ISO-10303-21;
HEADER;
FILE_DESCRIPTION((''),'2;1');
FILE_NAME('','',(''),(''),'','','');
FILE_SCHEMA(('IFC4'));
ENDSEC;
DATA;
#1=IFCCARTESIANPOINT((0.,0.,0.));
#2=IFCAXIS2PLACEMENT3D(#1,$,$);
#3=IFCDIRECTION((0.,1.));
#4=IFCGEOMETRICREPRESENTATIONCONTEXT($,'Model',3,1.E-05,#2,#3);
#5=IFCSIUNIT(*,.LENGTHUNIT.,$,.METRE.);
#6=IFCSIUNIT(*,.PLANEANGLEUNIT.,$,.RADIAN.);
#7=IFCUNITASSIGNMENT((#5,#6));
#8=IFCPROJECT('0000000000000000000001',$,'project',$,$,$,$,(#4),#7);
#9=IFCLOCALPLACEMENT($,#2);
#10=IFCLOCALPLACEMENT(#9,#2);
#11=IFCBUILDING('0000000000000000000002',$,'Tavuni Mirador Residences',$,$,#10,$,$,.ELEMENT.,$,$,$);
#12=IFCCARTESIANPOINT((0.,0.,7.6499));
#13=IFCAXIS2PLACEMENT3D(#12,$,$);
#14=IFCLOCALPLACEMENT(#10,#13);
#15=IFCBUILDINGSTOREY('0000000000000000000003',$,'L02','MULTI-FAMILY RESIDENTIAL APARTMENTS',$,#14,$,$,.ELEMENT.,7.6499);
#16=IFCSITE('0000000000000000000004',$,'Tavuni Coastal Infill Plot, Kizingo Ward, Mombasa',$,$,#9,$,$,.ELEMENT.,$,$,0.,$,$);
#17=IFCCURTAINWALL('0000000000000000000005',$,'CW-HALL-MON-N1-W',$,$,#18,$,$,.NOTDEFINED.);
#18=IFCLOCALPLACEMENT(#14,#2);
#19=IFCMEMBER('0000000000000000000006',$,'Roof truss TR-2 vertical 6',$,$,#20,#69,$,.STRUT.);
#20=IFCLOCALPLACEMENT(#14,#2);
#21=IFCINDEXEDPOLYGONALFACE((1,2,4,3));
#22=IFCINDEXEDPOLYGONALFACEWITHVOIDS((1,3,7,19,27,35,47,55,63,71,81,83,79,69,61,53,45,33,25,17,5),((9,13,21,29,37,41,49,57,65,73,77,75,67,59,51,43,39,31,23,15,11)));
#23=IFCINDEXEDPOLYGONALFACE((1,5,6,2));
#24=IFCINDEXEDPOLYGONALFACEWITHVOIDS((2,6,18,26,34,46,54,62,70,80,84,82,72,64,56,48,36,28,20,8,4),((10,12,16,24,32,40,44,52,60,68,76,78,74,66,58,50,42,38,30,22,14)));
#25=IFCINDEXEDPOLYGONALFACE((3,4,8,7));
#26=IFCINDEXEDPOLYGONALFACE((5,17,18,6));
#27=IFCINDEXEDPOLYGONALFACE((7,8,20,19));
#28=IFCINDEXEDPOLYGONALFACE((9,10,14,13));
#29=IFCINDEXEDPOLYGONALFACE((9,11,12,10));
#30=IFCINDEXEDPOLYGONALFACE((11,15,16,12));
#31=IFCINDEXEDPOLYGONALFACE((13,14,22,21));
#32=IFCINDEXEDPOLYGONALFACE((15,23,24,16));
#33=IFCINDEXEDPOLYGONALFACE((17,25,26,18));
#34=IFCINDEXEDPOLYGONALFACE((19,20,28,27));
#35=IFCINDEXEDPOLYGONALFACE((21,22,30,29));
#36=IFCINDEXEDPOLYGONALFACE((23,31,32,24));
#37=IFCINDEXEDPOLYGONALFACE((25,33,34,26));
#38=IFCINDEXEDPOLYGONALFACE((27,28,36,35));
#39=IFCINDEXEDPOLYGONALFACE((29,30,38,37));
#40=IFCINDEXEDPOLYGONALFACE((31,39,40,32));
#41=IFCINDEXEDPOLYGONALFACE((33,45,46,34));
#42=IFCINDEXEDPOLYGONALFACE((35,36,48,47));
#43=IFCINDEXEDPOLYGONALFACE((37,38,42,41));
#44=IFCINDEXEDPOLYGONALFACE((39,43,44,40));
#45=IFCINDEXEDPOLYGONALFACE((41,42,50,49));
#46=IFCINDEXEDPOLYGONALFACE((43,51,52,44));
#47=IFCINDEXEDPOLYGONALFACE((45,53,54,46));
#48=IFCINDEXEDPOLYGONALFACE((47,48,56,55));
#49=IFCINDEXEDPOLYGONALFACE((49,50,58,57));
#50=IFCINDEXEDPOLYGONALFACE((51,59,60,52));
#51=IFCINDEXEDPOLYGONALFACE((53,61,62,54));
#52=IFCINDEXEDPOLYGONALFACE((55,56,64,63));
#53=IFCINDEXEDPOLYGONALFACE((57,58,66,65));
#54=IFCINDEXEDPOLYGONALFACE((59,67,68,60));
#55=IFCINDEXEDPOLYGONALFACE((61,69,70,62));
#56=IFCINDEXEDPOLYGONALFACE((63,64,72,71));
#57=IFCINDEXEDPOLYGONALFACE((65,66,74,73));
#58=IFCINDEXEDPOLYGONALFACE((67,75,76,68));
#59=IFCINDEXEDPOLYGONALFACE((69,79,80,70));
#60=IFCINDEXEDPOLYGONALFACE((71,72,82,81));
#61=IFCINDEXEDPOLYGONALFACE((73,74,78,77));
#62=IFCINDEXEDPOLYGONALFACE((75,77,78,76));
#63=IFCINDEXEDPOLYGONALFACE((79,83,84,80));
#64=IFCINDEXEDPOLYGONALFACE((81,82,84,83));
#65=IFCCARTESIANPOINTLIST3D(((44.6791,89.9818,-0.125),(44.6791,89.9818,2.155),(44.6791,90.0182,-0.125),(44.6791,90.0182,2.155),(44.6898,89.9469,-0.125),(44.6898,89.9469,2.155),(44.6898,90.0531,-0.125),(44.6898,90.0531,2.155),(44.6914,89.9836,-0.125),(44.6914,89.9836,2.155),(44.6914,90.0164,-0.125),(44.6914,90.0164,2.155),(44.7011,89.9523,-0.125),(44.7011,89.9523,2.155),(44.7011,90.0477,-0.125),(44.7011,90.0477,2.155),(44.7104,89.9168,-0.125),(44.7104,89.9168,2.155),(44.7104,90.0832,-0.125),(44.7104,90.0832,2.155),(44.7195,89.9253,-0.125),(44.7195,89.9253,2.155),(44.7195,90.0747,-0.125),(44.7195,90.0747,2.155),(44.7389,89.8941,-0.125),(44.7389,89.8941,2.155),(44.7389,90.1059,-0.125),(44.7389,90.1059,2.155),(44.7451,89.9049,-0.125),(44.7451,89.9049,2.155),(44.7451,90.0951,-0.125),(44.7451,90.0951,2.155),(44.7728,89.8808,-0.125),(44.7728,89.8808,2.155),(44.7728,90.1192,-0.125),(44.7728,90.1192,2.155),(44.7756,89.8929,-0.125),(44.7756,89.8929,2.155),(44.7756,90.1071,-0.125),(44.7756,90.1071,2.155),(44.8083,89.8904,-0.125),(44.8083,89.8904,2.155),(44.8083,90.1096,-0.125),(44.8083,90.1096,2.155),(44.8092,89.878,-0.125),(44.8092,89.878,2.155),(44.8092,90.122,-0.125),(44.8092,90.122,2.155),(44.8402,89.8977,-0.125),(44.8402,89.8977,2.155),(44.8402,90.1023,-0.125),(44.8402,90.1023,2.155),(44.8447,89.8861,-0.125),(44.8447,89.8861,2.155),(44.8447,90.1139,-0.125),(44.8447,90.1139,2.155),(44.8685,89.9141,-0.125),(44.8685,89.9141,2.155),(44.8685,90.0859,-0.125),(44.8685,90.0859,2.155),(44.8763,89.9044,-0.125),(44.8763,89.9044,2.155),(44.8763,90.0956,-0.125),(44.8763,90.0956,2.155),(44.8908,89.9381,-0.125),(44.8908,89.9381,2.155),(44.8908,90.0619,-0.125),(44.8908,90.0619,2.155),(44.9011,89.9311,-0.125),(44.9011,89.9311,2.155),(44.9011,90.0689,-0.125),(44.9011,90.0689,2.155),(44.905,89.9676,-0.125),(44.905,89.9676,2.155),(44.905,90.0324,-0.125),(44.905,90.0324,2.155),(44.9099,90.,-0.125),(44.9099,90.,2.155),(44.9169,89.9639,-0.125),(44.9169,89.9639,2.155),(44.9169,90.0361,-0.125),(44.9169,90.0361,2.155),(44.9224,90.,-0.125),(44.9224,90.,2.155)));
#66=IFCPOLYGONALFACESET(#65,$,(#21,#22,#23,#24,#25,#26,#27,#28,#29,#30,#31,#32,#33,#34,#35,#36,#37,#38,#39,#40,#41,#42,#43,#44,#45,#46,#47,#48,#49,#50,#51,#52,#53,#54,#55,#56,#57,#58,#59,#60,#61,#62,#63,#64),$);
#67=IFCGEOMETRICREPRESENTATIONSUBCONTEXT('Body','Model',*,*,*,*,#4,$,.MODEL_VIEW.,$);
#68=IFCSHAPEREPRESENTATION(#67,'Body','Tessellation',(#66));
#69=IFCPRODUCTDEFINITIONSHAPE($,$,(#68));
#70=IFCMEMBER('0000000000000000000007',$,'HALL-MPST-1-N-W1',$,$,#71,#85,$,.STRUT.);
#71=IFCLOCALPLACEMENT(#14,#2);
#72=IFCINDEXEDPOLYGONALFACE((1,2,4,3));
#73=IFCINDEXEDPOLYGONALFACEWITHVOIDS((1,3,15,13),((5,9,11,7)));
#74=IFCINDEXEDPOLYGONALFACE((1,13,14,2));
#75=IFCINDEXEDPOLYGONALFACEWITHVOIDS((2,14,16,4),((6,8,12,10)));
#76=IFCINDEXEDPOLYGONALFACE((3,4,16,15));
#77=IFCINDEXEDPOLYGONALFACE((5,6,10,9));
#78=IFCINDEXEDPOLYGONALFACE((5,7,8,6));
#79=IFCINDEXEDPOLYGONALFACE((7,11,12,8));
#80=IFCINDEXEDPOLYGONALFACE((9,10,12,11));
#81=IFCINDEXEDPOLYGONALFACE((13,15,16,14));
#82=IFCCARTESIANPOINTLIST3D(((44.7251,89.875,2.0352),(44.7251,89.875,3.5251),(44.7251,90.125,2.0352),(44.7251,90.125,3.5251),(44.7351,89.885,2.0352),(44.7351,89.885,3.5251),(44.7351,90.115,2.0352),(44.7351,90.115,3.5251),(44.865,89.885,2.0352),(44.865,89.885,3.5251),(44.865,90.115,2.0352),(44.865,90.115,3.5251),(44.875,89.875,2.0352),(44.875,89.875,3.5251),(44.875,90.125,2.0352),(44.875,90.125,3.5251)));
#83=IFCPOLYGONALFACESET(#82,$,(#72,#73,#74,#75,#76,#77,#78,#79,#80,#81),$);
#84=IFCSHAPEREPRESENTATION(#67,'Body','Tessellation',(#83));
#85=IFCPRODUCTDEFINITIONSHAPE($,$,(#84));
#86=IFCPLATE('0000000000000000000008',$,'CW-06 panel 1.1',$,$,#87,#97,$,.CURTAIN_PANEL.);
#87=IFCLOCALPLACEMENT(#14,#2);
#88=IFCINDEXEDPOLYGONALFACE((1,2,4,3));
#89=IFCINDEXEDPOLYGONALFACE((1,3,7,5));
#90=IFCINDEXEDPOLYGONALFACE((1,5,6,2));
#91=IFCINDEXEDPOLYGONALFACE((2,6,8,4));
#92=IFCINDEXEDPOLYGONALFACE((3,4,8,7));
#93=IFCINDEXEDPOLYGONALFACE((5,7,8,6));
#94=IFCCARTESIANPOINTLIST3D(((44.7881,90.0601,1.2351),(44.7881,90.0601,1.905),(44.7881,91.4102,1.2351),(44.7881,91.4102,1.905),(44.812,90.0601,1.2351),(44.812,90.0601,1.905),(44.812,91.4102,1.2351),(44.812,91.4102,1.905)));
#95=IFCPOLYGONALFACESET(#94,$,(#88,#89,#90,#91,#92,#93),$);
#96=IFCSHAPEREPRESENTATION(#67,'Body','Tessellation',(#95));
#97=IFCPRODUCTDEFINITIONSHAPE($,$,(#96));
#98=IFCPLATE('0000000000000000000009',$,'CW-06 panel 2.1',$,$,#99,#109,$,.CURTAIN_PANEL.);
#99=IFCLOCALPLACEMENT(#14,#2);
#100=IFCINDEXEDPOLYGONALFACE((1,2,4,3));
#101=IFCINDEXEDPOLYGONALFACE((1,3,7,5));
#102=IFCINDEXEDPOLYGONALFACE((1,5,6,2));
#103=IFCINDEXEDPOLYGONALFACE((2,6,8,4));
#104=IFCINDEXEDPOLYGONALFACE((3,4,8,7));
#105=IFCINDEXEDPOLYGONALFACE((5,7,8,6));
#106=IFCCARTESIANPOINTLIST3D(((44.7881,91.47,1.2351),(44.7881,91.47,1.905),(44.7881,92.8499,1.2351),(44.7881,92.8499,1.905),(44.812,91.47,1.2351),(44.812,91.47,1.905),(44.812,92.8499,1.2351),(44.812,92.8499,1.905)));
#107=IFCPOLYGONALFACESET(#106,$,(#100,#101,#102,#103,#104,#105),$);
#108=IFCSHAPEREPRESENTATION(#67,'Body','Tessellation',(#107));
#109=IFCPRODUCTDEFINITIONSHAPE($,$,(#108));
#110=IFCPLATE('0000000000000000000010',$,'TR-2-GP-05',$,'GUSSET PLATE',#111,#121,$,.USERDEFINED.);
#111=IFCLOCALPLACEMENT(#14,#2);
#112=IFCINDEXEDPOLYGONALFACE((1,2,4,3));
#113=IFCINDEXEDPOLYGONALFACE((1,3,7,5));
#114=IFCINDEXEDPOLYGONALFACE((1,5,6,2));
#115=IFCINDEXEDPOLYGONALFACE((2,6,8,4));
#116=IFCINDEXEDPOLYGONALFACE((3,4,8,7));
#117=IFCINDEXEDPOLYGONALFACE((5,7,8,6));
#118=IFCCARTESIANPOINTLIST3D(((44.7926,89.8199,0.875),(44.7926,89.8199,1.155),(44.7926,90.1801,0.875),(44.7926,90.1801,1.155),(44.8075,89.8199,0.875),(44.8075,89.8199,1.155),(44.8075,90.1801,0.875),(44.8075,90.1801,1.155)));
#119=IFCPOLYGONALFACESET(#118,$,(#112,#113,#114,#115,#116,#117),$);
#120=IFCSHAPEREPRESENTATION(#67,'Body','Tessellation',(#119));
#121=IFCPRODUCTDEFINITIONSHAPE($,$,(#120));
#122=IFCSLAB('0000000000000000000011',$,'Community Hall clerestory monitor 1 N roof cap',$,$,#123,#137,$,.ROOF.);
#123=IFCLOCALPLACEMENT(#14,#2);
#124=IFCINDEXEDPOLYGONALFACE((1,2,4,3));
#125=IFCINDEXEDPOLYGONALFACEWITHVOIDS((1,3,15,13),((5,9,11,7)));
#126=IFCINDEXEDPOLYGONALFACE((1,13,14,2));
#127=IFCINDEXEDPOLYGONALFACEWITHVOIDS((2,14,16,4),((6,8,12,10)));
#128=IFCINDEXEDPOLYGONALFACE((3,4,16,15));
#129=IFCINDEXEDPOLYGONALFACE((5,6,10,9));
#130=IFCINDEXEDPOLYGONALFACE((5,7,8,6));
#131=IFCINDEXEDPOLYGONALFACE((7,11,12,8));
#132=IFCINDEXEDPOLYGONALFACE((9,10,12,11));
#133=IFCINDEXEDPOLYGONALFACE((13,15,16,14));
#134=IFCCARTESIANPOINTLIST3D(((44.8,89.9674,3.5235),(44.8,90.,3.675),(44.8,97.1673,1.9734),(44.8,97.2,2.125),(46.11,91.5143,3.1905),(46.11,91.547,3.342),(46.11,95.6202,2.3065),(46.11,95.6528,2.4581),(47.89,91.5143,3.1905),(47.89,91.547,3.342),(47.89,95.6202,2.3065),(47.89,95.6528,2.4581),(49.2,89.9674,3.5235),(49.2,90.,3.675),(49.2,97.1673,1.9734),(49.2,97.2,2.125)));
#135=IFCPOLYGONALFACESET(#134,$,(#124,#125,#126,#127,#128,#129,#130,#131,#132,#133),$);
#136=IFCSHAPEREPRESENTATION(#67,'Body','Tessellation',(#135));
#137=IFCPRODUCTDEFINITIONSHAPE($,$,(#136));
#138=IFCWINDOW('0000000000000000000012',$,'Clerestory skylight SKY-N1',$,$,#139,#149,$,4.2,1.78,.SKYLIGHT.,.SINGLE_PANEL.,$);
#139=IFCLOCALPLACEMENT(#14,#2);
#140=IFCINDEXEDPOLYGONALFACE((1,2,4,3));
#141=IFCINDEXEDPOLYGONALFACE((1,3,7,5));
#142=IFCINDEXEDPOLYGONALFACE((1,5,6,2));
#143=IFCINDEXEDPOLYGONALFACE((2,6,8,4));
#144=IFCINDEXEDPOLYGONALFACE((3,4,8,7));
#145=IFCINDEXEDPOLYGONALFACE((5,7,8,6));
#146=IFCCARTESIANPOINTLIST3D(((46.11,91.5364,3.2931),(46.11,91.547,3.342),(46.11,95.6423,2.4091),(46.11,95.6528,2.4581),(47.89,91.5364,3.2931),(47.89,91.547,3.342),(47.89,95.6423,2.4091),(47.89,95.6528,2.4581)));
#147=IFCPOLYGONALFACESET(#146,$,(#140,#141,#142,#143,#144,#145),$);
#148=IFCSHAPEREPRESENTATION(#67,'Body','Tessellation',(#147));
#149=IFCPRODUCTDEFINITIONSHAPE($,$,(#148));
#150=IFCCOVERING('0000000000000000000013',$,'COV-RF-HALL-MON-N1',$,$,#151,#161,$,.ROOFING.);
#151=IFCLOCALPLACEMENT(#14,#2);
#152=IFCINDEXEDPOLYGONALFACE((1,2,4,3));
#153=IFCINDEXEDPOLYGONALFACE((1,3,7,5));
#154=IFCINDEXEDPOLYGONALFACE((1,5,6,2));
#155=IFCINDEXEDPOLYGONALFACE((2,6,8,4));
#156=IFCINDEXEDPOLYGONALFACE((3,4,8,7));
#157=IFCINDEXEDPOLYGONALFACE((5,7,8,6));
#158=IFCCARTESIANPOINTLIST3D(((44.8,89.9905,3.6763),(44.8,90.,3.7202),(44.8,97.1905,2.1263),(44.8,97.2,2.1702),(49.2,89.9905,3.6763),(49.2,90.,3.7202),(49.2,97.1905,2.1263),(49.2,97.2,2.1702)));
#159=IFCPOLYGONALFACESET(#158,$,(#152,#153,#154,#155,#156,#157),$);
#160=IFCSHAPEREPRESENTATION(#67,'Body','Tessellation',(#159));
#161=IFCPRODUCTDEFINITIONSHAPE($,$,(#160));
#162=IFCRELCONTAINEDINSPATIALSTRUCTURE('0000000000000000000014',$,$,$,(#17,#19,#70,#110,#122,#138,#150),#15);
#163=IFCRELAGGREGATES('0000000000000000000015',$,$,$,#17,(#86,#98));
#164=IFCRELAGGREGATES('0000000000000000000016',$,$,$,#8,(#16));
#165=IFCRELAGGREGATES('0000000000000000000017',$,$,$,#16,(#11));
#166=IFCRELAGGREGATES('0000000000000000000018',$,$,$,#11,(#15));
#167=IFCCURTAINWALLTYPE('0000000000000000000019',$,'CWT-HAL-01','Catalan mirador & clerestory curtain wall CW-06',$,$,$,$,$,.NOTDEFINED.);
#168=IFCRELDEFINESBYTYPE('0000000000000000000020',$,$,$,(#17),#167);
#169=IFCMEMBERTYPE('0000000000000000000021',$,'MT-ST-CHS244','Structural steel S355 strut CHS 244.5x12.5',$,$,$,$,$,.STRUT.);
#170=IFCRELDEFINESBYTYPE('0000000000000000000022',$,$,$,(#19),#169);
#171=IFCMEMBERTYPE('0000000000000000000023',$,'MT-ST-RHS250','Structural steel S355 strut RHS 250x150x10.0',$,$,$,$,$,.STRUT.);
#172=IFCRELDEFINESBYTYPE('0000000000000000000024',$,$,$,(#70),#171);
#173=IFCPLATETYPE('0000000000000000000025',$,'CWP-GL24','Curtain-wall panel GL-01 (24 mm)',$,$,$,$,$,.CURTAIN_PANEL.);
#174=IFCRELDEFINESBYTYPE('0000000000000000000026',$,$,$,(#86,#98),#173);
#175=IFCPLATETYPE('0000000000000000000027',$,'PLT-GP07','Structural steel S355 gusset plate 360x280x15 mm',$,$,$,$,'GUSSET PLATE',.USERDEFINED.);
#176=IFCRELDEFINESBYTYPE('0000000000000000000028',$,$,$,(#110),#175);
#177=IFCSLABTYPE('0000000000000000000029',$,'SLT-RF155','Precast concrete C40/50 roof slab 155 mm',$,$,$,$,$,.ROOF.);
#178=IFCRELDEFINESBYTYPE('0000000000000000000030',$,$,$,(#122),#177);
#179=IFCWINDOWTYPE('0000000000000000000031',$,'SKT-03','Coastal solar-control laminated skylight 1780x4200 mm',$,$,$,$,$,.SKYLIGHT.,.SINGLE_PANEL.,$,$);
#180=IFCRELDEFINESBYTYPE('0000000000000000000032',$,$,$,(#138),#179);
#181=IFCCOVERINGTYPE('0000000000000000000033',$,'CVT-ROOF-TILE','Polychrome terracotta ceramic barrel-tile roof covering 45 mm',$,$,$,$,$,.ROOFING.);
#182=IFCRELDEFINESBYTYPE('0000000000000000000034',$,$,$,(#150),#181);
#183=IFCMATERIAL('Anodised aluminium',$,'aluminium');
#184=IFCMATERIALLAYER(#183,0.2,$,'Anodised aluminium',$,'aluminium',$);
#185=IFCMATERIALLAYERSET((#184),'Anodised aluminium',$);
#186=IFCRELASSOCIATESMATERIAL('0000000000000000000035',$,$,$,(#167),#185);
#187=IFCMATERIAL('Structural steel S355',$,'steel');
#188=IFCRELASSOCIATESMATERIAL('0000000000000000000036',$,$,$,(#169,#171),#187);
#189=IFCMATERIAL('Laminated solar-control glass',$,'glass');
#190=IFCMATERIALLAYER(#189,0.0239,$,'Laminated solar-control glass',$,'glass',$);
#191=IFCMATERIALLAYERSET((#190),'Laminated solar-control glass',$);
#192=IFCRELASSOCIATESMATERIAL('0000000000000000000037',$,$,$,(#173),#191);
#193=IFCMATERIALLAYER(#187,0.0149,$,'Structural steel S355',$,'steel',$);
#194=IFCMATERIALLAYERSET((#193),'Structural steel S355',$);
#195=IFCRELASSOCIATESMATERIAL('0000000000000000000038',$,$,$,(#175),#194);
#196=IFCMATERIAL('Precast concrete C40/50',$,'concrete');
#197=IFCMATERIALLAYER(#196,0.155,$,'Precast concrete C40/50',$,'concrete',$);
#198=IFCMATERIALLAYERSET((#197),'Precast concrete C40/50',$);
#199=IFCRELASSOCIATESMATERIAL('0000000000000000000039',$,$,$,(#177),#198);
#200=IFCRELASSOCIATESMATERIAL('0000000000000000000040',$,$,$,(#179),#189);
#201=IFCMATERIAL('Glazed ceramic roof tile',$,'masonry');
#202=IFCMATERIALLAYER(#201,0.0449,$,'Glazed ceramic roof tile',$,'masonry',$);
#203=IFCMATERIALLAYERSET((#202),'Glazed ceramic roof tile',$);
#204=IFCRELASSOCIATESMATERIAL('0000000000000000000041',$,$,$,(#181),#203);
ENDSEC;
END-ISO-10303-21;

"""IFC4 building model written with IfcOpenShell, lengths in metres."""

from ifc_helpers import new_model, si_unit, direction, frame, origin, origin_2d, place, context, subcontext, project, spatial, polyline, rectangle, hollow_rectangle, hollow_circle, outline, extrude, material, layer, layer_set, material_profile, profile_set, type_object, element, fill, aggregate, save


model = new_model("IFC4")

# Units and contexts
model_context = context("Model", 3, precision=1e-05, world=origin(), true_north=direction((0.0, 1.0)))
body_context = subcontext(model_context, "Body", "Model", "MODEL_VIEW")
ifc_project = project(units=[si_unit("LENGTHUNIT", "METRE"), si_unit("PLANEANGLEUNIT", "RADIAN")], contexts=[model_context])

# Site, building, storey
site_placement = place(None, origin())
site = spatial("IfcSite", under=ifc_project, at=site_placement, Name="Tavuni Coastal Infill Plot, Kizingo Ward, Mombasa", CompositionType="ELEMENT", RefElevation=0.0)
building_placement = place(site_placement, origin())
building = spatial("IfcBuilding", under=site, at=building_placement, Name="Tavuni Mirador Residences", CompositionType="ELEMENT")
storey_placement = place(building_placement, frame((0.0, 0.0, 7.6499)))
storey = spatial("IfcBuildingStorey", under=building, at=storey_placement, Name="L02", Description="MULTI-FAMILY RESIDENTIAL APARTMENTS", CompositionType="ELEMENT", Elevation=7.6499)

# Curtain wall
ifc_material_1 = material(Name="Anodised aluminium", Category="aluminium")
ifc_layer_1 = layer(ifc_material_1, 0.2, Name="Anodised aluminium", Category="aluminium")
ifc_layer_set_1 = layer_set([ifc_layer_1], Name="Anodised aluminium")
curtain_wall_type = type_object("IfcCurtainWallType", Name="CWT-HAL-01", Description="Catalan mirador & clerestory curtain wall CW-06", PredefinedType="NOTDEFINED", material=ifc_layer_set_1)
curtain_wall_placement = place(storey_placement, origin())
curtain_wall = element("IfcCurtainWall", 1, at=curtain_wall_placement, inside=storey, type_object=curtain_wall_type, Name="CW-HALL-MON-N1-W", PredefinedType="NOTDEFINED")

# Members
ifc_material_2 = material(Name="Structural steel S355", Category="steel")
ifc_material_profile_1 = material_profile(ifc_material_2, hollow_circle(Radius=0.1223, WallThickness=0.0125, at=origin_2d()), Name="CHS 244.5x12.5", Category="steel")
ifc_profile_set_1 = profile_set([ifc_material_profile_1], Name="Structural steel S355")
member_type_1 = type_object("IfcMemberType", Name="MT-ST-CHS244", Description="Structural steel S355 strut CHS 244.5x12.5", PredefinedType="STRUT", material=ifc_profile_set_1)
member_1_placement = place(storey_placement, frame((44.8, 90.0, -0.125), z_axis=(0.0, 0.0, 1.0), x_axis=(1.0, 0.0, 0.0)))
element("IfcMember", 2, at=member_1_placement, inside=storey, type_object=member_type_1, Name="Roof truss TR-2 vertical 6", PredefinedType="STRUT", context=body_context, shape_type="SweptSolid", body=[
    extrude(hollow_circle(Radius=0.1223, WallThickness=0.0125, at=origin_2d()), origin(), (0.0, 0.0, 1.0), 2.28),
])
ifc_material_profile_2 = material_profile(ifc_material_2, hollow_rectangle(XDim=0.1499, YDim=0.25, WallThickness=0.01, at=origin_2d()), Name="RHS 250x150x10.0", Category="steel")
ifc_profile_set_2 = profile_set([ifc_material_profile_2], Name="Structural steel S355")
member_type_2 = type_object("IfcMemberType", Name="MT-ST-RHS250", Description="Structural steel S355 strut RHS 250x150x10.0", PredefinedType="STRUT", material=ifc_profile_set_2)
member_2_placement = place(storey_placement, frame((44.8, 90.0, 2.0352), z_axis=(0.0, 0.0, 1.0), x_axis=(1.0, 0.0, 0.0)))
element("IfcMember", 3, at=member_2_placement, inside=storey, type_object=member_type_2, Name="HALL-MPST-1-N-W1", PredefinedType="STRUT", context=body_context, shape_type="SweptSolid", body=[
    extrude(hollow_rectangle(XDim=0.1499, YDim=0.25, WallThickness=0.01, at=origin_2d()), origin(), (0.0, 0.0, 1.0), 1.49),
])

# Plates
ifc_material_3 = material(Name="Laminated solar-control glass", Category="glass")
ifc_layer_2 = layer(ifc_material_3, 0.0239, Name="Laminated solar-control glass", Category="glass")
ifc_layer_set_2 = layer_set([ifc_layer_2], Name="Laminated solar-control glass")
plate_type_1 = type_object("IfcPlateType", Name="CWP-GL24", Description="Curtain-wall panel GL-01 (24 mm)", PredefinedType="CURTAIN_PANEL", material=ifc_layer_set_2)
plate_1_placement = place(storey_placement, frame((44.8, 90.7351, 1.2351), z_axis=(0.0, 0.0, 1.0), x_axis=(0.0, 1.0, 0.0)))
plate_1 = element("IfcPlate", 4, at=plate_1_placement, type_object=plate_type_1, Name="CW-06 panel 1.1", PredefinedType="CURTAIN_PANEL", context=body_context, shape_type="SweptSolid", body=[
    extrude(rectangle(XDim=1.3501, YDim=0.0239, at=origin_2d()), origin(), (0.0, 0.0, 1.0), 0.6699),
])
plate_2_placement = place(storey_placement, frame((44.8, 92.1599, 1.2351), z_axis=(0.0, 0.0, 1.0), x_axis=(0.0, 1.0, 0.0)))
plate_2 = element("IfcPlate", 5, at=plate_2_placement, type_object=plate_type_1, Name="CW-06 panel 2.1", PredefinedType="CURTAIN_PANEL", context=body_context, shape_type="SweptSolid", body=[
    extrude(rectangle(XDim=1.3799, YDim=0.0239, at=origin_2d()), origin(), (0.0, 0.0, 1.0), 0.6699),
])
aggregate(curtain_wall, [plate_1, plate_2])
ifc_layer_3 = layer(ifc_material_2, 0.0149, Name="Structural steel S355", Category="steel")
ifc_layer_set_3 = layer_set([ifc_layer_3], Name="Structural steel S355")
plate_type_2 = type_object("IfcPlateType", Name="PLT-GP07", Description="Structural steel S355 gusset plate 360x280x15 mm", ElementType="GUSSET PLATE", PredefinedType="USERDEFINED", material=ifc_layer_set_3)
plate_3_placement = place(storey_placement, frame((44.8, 90.0, 0.875), z_axis=(0.0, 0.0, 1.0), x_axis=(0.0, 1.0, 0.0)))
element("IfcPlate", 6, at=plate_3_placement, inside=storey, type_object=plate_type_2, Name="TR-2-GP-05", ObjectType="GUSSET PLATE", PredefinedType="USERDEFINED", context=body_context, shape_type="SweptSolid", body=[
    extrude(rectangle(XDim=0.3601, YDim=0.0149, at=origin_2d()), origin(), (0.0, 0.0, 1.0), 0.28),
])

# Slab, opening, window
ifc_material_4 = material(Name="Precast concrete C40/50", Category="concrete")
ifc_layer_4 = layer(ifc_material_4, 0.155, Name="Precast concrete C40/50", Category="concrete")
ifc_layer_set_4 = layer_set([ifc_layer_4], Name="Precast concrete C40/50")
slab_type = type_object("IfcSlabType", Name="SLT-RF155", Description="Precast concrete C40/50 roof slab 155 mm", PredefinedType="ROOF", material=ifc_layer_set_4)
slab_placement = place(storey_placement, frame((44.8, 90.0, 3.675), z_axis=(0.0, 0.210464, 0.977602), x_axis=(1.0, 0.0, 0.0)))
slab = element("IfcSlab", 7, at=slab_placement, inside=storey, type_object=slab_type, Name="Community Hall clerestory monitor 1 N roof cap", PredefinedType="ROOF", context=body_context, shape_type="SweptSolid", body=[
    extrude(outline(polyline([(0.0, 0.0), (4.3999, 0.0), (4.3999, 7.3649), (0.0, 7.3649), (0.0, 0.0)])), origin(), (0.0, 0.0, -1.0), 0.155),
])
opening_placement = place(slab_placement, frame((2.2, 3.6824, 0.0)))
opening = element("IfcOpeningElement", 8, at=opening_placement, cuts=slab, PredefinedType="OPENING", context=body_context, shape_type="SweptSolid", body=[
    extrude(rectangle(XDim=1.78, YDim=4.2, at=origin_2d()), frame((0.0, 0.0, 0.01)), (0.0, 0.0, -1.0), 0.175),
])
window_type = type_object("IfcWindowType", Name="SKT-03", Description="Coastal solar-control laminated skylight 1780x4200 mm", PartitioningType="SINGLE_PANEL", PredefinedType="SKYLIGHT", material=ifc_material_3)
window_placement = place(opening_placement, origin())
window = element("IfcWindow", 9, at=window_placement, inside=storey, type_object=window_type, Name="Clerestory skylight SKY-N1", OverallHeight=4.2, OverallWidth=1.78, PartitioningType="SINGLE_PANEL", PredefinedType="SKYLIGHT", context=body_context, shape_type="SweptSolid", body=[
    extrude(rectangle(XDim=1.78, YDim=4.2, at=origin_2d()), origin(), (0.0, 0.0, -1.0), 0.05),
])
fill(opening, window)

# Covering
ifc_material_5 = material(Name="Glazed ceramic roof tile", Category="masonry")
ifc_layer_5 = layer(ifc_material_5, 0.0449, Name="Glazed ceramic roof tile", Category="masonry")
ifc_layer_set_5 = layer_set([ifc_layer_5], Name="Glazed ceramic roof tile")
covering_type = type_object("IfcCoveringType", Name="CVT-ROOF-TILE", Description="Polychrome terracotta ceramic barrel-tile roof covering 45 mm", PredefinedType="ROOFING", material=ifc_layer_set_5)
covering_placement = place(storey_placement, frame((44.8, 90.0, 3.7202), z_axis=(0.0, 0.210464, 0.977602), x_axis=(1.0, 0.0, 0.0)))
element("IfcCovering", 10, at=covering_placement, inside=storey, type_object=covering_type, Name="COV-RF-HALL-MON-N1", PredefinedType="ROOFING", context=body_context, shape_type="SweptSolid", body=[
    extrude(outline(polyline([(0.0, 0.0), (4.3999, 0.0), (4.3999, 7.3649), (0.0, 7.3649), (0.0, 0.0)])), origin(), (0.0, 0.0, -1.0), 0.0449),
])

save(model, "model.ifc")
